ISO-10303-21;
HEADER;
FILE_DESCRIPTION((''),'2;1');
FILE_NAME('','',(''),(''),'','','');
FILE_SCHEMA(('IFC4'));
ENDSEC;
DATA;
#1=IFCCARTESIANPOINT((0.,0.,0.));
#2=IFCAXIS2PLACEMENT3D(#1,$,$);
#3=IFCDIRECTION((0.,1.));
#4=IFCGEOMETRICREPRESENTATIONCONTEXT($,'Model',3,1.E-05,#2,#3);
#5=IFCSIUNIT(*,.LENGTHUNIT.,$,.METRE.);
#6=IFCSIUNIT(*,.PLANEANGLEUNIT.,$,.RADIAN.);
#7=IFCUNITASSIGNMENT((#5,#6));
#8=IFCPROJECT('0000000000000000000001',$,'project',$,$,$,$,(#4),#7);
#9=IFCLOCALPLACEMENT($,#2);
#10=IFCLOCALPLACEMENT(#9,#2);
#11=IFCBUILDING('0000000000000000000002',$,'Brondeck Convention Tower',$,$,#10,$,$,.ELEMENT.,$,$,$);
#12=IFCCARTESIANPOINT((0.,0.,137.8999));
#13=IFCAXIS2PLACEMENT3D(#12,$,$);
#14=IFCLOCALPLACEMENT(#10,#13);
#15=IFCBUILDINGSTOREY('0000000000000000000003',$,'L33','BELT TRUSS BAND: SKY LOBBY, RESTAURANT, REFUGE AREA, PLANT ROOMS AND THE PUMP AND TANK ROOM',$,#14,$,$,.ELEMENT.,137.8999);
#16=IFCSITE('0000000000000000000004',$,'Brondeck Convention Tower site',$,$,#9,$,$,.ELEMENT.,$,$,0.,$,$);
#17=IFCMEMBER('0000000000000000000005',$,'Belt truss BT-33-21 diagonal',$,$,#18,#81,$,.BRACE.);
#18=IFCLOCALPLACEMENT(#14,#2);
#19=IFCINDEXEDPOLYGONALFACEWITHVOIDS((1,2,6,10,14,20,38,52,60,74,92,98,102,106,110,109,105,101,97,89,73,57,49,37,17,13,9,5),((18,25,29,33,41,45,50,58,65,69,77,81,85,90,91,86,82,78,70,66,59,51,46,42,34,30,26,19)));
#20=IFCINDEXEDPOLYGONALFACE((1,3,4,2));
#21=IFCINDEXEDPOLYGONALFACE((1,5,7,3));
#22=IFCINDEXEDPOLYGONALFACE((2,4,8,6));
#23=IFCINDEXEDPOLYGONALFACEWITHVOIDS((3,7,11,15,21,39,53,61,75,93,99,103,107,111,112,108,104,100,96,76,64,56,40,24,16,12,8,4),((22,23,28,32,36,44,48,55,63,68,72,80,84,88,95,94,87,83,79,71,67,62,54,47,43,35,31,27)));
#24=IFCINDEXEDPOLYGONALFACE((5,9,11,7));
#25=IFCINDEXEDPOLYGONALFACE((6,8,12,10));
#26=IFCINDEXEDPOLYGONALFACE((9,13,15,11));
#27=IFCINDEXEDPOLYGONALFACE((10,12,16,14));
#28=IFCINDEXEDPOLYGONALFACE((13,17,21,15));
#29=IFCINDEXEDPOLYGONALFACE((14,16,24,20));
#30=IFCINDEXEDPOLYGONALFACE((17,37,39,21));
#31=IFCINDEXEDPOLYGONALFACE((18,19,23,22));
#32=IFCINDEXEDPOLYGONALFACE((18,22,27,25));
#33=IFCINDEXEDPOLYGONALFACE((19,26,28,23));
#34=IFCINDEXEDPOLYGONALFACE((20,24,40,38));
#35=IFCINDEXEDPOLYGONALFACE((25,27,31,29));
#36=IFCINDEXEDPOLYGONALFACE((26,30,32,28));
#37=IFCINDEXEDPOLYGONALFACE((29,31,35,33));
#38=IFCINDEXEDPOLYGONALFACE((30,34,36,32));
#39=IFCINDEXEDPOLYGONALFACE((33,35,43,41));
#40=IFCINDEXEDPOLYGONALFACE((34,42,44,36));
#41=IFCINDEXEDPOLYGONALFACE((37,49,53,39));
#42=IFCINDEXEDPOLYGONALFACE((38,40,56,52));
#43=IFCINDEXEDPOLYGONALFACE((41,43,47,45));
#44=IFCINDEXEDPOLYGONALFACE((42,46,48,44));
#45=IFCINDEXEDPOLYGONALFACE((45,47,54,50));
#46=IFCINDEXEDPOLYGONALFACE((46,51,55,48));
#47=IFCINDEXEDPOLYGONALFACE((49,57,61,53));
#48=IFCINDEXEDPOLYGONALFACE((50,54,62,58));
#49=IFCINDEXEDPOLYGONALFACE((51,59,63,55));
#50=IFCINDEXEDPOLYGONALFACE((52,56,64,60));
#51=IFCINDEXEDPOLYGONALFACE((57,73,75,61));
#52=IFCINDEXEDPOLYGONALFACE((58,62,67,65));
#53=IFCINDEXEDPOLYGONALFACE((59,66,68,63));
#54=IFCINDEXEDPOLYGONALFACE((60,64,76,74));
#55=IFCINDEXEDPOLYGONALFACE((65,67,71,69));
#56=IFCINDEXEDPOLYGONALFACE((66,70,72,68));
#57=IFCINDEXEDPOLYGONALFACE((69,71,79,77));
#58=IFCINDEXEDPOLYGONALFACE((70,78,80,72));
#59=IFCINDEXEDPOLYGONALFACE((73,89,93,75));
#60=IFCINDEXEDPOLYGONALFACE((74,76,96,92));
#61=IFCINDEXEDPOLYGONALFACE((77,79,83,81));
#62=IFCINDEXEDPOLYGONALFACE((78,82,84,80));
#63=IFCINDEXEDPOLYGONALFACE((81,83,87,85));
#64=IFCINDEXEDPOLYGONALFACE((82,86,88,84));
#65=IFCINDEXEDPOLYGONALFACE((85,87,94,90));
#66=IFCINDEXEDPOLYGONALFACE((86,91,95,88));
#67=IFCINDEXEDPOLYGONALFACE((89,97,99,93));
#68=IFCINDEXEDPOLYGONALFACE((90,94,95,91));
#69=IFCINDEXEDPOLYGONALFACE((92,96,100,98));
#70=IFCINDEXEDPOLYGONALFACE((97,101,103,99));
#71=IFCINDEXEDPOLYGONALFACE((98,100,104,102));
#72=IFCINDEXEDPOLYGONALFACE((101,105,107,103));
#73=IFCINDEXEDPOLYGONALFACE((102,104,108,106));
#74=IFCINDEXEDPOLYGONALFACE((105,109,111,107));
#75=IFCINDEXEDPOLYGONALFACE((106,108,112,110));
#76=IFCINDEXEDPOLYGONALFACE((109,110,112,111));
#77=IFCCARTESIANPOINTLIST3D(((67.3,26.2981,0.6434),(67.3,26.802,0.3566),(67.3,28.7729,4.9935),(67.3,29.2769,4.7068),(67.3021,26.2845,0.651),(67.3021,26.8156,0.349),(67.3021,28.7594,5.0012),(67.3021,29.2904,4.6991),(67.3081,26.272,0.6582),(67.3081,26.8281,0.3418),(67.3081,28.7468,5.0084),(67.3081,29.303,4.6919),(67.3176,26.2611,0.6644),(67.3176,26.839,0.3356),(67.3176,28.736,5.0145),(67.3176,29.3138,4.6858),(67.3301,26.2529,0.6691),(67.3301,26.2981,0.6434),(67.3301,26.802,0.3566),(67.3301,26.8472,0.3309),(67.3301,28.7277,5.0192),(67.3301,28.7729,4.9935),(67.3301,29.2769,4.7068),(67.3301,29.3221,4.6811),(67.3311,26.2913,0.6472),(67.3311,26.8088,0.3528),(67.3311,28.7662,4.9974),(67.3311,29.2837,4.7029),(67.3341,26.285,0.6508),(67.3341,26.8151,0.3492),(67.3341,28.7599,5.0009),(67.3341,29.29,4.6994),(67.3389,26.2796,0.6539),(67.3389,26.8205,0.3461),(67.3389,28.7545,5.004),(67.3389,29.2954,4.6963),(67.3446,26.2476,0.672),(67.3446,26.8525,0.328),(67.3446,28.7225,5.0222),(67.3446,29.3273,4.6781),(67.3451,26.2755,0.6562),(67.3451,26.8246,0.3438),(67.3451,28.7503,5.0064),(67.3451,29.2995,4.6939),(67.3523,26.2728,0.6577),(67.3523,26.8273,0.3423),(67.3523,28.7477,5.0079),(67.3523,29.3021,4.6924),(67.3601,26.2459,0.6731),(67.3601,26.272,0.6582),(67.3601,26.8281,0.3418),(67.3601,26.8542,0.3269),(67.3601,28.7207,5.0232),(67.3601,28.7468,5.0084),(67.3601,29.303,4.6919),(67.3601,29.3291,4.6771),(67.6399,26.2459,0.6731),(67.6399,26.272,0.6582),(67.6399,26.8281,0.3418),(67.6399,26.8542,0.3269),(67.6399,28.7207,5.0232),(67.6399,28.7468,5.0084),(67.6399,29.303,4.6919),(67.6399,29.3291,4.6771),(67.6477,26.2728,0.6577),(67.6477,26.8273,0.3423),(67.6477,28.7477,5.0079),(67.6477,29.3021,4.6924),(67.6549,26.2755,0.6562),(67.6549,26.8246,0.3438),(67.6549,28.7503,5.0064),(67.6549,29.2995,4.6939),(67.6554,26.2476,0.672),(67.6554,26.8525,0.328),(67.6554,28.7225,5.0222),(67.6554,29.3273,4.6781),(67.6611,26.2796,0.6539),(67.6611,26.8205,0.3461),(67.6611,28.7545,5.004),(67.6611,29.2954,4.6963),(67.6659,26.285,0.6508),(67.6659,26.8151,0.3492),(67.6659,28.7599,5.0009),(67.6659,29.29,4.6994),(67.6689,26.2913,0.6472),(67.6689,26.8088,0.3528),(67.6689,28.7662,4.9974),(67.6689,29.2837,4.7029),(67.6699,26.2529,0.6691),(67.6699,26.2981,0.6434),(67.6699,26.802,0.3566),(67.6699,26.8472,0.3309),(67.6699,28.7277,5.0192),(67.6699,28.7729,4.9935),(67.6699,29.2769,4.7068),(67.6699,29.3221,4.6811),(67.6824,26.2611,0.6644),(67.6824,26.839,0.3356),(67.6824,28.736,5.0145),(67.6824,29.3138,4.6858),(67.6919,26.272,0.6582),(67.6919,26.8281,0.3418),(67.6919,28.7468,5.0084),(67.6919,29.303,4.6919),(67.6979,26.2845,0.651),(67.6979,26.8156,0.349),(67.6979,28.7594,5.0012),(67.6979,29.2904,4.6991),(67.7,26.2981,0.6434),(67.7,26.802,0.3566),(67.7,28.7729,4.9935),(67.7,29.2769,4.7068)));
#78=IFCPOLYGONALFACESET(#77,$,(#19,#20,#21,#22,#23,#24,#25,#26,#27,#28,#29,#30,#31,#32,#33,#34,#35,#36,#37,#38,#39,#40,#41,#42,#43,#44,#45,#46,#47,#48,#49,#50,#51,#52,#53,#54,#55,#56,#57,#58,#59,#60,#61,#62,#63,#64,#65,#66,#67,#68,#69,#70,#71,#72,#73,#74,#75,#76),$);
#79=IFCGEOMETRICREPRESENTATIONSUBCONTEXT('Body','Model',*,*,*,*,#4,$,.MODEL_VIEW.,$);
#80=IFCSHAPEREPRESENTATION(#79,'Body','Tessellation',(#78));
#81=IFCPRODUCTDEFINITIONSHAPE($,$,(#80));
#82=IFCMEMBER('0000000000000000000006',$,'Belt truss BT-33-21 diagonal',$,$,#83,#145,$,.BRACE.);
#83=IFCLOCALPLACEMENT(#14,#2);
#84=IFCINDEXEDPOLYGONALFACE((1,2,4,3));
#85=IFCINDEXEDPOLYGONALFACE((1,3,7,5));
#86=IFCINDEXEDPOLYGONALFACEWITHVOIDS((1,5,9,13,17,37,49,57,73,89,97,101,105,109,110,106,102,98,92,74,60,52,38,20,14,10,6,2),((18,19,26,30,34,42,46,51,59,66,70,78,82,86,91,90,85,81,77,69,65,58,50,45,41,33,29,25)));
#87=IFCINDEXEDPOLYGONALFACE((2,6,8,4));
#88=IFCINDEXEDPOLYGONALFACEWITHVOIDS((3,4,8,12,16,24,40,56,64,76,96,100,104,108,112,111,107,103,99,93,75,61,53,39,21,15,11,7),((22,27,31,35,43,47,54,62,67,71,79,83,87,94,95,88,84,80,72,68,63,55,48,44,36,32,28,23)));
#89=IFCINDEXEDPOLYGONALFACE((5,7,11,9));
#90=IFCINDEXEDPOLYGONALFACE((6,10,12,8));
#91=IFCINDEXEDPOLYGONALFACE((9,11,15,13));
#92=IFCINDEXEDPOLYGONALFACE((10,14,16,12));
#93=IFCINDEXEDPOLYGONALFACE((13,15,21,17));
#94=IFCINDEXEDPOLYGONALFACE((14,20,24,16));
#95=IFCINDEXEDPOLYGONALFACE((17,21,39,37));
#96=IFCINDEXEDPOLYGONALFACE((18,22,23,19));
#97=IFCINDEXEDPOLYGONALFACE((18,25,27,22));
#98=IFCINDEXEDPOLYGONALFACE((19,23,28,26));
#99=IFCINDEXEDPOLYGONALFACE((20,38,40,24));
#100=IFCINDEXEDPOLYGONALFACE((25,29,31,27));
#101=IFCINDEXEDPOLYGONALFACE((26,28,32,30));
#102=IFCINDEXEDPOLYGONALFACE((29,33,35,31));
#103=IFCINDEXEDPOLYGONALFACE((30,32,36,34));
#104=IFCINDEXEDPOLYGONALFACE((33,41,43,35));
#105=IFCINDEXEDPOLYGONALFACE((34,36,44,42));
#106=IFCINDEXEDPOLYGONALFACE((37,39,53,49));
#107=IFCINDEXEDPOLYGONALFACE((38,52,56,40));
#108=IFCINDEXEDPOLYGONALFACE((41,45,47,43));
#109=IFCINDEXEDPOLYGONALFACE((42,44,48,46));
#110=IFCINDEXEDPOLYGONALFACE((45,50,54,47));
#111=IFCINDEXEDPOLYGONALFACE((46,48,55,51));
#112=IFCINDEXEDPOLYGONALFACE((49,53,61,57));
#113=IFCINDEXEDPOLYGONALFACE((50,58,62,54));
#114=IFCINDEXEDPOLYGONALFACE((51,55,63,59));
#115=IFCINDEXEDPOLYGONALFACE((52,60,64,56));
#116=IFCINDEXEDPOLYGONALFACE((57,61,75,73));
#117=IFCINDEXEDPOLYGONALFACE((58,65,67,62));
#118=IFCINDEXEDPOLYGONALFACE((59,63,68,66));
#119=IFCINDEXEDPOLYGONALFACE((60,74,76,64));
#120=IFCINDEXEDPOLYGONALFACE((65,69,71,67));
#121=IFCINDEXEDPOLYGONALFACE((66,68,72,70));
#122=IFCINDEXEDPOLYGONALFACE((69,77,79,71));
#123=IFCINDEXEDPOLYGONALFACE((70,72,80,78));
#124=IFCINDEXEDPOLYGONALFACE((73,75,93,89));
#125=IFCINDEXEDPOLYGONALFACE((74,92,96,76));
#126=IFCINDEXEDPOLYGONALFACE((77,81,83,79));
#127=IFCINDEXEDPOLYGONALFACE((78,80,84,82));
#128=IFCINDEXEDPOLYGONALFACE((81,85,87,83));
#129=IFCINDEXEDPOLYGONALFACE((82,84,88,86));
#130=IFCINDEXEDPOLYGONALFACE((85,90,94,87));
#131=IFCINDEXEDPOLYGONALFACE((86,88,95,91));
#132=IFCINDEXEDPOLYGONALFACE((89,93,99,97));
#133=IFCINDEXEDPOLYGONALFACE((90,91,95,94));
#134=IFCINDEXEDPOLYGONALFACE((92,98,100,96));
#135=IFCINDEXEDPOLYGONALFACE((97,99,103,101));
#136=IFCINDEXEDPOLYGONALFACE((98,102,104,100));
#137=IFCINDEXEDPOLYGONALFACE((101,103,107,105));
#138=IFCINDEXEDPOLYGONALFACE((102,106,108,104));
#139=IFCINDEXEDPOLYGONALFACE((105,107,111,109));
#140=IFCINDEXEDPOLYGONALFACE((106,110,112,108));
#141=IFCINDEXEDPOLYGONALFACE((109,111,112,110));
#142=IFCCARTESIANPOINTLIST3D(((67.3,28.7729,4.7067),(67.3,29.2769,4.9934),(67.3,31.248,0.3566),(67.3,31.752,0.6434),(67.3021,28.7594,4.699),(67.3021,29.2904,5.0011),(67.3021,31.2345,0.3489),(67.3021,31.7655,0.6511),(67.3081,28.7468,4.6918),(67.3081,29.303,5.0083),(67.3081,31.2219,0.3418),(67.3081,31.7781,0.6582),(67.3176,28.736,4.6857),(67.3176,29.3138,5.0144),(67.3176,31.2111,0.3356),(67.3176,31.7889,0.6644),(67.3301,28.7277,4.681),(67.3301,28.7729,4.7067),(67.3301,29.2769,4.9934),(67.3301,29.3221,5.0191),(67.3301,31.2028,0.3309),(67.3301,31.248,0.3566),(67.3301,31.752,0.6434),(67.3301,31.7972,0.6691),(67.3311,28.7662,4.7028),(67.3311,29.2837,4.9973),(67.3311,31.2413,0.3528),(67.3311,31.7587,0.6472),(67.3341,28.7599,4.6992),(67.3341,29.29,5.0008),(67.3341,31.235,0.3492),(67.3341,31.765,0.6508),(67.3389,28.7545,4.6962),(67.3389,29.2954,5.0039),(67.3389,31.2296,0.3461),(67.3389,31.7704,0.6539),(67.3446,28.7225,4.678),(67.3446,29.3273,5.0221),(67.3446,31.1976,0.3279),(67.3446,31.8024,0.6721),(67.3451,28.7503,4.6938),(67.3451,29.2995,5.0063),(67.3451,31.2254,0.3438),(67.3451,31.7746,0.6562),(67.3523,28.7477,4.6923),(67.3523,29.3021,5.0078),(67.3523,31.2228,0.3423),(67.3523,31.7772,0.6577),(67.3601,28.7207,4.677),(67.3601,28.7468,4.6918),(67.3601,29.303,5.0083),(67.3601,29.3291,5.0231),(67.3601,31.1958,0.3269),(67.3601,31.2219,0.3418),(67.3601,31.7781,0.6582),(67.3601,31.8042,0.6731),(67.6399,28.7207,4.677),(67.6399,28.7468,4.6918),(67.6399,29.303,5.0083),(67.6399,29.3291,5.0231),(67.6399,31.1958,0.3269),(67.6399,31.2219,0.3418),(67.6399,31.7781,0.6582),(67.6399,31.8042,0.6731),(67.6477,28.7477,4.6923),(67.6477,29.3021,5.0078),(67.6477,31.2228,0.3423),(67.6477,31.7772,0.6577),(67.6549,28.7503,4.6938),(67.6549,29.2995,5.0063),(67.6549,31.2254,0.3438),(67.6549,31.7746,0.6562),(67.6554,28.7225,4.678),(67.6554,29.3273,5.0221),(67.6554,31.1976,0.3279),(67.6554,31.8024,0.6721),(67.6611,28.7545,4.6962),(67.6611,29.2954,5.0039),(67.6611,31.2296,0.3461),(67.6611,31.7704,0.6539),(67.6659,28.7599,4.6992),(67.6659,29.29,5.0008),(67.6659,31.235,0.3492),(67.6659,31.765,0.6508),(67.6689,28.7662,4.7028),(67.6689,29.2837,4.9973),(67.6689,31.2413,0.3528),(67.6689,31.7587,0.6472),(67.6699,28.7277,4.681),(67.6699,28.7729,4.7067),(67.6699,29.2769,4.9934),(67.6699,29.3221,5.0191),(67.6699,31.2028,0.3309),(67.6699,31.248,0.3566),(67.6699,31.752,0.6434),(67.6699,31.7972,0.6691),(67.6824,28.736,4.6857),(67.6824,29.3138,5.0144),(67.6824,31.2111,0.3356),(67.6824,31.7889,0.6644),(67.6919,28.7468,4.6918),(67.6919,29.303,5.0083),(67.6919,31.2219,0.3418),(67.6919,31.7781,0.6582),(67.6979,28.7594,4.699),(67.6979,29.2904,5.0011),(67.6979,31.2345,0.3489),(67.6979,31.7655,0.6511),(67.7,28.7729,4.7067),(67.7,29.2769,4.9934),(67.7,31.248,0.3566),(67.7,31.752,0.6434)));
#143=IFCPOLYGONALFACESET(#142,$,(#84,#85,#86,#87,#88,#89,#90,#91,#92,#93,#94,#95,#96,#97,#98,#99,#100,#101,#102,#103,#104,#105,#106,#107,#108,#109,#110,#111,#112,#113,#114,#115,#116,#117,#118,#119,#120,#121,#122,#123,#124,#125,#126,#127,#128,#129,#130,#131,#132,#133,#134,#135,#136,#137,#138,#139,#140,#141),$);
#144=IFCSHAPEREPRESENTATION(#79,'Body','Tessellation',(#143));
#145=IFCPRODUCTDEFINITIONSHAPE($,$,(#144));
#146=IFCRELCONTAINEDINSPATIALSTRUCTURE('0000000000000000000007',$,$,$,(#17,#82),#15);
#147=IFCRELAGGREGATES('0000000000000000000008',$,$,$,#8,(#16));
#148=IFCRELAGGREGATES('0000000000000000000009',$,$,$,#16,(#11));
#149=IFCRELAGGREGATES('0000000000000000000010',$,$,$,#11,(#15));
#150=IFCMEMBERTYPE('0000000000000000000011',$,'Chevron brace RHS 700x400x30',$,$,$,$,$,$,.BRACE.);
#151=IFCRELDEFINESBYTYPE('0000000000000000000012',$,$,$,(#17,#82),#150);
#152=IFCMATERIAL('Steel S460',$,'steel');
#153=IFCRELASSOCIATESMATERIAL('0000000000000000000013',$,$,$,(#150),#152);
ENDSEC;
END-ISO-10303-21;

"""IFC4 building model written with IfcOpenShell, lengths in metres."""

from ifc_helpers import new_model, si_unit, direction, frame, origin, origin_2d, place, context, subcontext, project, spatial, hollow_rectangle, extrude, material, material_profile, profile_set, type_object, element, save


model = new_model("IFC4")

# Units and contexts
model_context = context("Model", 3, precision=1e-05, world=origin(), true_north=direction((0.0, 1.0)))
body_context = subcontext(model_context, "Body", "Model", "MODEL_VIEW")
ifc_project = project(units=[si_unit("LENGTHUNIT", "METRE"), si_unit("PLANEANGLEUNIT", "RADIAN")], contexts=[model_context])

# Site, building, storey
site_placement = place(None, origin())
site = spatial("IfcSite", under=ifc_project, at=site_placement, Name="Brondeck Convention Tower site", CompositionType="ELEMENT", RefElevation=0.0)
building_placement = place(site_placement, origin())
building = spatial("IfcBuilding", under=site, at=building_placement, Name="Brondeck Convention Tower", CompositionType="ELEMENT")
storey_placement = place(building_placement, frame((0.0, 0.0, 137.8999)))
storey = spatial("IfcBuildingStorey", under=building, at=storey_placement, Name="L33", Description="BELT TRUSS BAND: SKY LOBBY, RESTAURANT, REFUGE AREA, PLANT ROOMS AND THE PUMP AND TANK ROOM", CompositionType="ELEMENT", Elevation=137.8999)

# Members
ifc_material_1 = material(Name="Steel S460", Category="steel")
ifc_material_profile_1 = material_profile(ifc_material_1, hollow_rectangle(XDim=0.3999, YDim=0.7, WallThickness=0.03, InnerFilletRadius=0.03, OuterFilletRadius=0.0601, at=origin_2d()), Name="RHS 700x400x30")
ifc_profile_set_1 = profile_set([ifc_material_profile_1], Name="Steel S460")
member_type_1 = type_object("IfcMemberType", Name="Chevron brace RHS 700x400x30", PredefinedType="BRACE", material=ifc_profile_set_1)
for number, where, z_axis, x_axis, name in (
    (1, (67.5, 26.55, 0.5), (0.0, 0.494494, 0.869181), (-1.0, 0.0, 0.0), "Belt truss BT-33-21 diagonal"),
    (2, (67.5, 31.5, 0.5), (0.0, -0.494531, 0.86916), (1.0, 0.0, 0.0), "Belt truss BT-33-21 diagonal"),
):
    element("IfcMember", number, at=place(storey_placement, frame(where, z_axis=z_axis, x_axis=x_axis)), inside=storey, type_object=member_type_1, Name=name, PredefinedType="BRACE", context=body_context, shape_type="SweptSolid", body=[
        extrude(hollow_rectangle(XDim=0.3999, YDim=0.7, WallThickness=0.03, InnerFilletRadius=0.03, OuterFilletRadius=0.0601, at=origin_2d()), origin(), (0.0, 0.0, 1.0), 5.0049),
    ])

save(model, "model.ifc")
